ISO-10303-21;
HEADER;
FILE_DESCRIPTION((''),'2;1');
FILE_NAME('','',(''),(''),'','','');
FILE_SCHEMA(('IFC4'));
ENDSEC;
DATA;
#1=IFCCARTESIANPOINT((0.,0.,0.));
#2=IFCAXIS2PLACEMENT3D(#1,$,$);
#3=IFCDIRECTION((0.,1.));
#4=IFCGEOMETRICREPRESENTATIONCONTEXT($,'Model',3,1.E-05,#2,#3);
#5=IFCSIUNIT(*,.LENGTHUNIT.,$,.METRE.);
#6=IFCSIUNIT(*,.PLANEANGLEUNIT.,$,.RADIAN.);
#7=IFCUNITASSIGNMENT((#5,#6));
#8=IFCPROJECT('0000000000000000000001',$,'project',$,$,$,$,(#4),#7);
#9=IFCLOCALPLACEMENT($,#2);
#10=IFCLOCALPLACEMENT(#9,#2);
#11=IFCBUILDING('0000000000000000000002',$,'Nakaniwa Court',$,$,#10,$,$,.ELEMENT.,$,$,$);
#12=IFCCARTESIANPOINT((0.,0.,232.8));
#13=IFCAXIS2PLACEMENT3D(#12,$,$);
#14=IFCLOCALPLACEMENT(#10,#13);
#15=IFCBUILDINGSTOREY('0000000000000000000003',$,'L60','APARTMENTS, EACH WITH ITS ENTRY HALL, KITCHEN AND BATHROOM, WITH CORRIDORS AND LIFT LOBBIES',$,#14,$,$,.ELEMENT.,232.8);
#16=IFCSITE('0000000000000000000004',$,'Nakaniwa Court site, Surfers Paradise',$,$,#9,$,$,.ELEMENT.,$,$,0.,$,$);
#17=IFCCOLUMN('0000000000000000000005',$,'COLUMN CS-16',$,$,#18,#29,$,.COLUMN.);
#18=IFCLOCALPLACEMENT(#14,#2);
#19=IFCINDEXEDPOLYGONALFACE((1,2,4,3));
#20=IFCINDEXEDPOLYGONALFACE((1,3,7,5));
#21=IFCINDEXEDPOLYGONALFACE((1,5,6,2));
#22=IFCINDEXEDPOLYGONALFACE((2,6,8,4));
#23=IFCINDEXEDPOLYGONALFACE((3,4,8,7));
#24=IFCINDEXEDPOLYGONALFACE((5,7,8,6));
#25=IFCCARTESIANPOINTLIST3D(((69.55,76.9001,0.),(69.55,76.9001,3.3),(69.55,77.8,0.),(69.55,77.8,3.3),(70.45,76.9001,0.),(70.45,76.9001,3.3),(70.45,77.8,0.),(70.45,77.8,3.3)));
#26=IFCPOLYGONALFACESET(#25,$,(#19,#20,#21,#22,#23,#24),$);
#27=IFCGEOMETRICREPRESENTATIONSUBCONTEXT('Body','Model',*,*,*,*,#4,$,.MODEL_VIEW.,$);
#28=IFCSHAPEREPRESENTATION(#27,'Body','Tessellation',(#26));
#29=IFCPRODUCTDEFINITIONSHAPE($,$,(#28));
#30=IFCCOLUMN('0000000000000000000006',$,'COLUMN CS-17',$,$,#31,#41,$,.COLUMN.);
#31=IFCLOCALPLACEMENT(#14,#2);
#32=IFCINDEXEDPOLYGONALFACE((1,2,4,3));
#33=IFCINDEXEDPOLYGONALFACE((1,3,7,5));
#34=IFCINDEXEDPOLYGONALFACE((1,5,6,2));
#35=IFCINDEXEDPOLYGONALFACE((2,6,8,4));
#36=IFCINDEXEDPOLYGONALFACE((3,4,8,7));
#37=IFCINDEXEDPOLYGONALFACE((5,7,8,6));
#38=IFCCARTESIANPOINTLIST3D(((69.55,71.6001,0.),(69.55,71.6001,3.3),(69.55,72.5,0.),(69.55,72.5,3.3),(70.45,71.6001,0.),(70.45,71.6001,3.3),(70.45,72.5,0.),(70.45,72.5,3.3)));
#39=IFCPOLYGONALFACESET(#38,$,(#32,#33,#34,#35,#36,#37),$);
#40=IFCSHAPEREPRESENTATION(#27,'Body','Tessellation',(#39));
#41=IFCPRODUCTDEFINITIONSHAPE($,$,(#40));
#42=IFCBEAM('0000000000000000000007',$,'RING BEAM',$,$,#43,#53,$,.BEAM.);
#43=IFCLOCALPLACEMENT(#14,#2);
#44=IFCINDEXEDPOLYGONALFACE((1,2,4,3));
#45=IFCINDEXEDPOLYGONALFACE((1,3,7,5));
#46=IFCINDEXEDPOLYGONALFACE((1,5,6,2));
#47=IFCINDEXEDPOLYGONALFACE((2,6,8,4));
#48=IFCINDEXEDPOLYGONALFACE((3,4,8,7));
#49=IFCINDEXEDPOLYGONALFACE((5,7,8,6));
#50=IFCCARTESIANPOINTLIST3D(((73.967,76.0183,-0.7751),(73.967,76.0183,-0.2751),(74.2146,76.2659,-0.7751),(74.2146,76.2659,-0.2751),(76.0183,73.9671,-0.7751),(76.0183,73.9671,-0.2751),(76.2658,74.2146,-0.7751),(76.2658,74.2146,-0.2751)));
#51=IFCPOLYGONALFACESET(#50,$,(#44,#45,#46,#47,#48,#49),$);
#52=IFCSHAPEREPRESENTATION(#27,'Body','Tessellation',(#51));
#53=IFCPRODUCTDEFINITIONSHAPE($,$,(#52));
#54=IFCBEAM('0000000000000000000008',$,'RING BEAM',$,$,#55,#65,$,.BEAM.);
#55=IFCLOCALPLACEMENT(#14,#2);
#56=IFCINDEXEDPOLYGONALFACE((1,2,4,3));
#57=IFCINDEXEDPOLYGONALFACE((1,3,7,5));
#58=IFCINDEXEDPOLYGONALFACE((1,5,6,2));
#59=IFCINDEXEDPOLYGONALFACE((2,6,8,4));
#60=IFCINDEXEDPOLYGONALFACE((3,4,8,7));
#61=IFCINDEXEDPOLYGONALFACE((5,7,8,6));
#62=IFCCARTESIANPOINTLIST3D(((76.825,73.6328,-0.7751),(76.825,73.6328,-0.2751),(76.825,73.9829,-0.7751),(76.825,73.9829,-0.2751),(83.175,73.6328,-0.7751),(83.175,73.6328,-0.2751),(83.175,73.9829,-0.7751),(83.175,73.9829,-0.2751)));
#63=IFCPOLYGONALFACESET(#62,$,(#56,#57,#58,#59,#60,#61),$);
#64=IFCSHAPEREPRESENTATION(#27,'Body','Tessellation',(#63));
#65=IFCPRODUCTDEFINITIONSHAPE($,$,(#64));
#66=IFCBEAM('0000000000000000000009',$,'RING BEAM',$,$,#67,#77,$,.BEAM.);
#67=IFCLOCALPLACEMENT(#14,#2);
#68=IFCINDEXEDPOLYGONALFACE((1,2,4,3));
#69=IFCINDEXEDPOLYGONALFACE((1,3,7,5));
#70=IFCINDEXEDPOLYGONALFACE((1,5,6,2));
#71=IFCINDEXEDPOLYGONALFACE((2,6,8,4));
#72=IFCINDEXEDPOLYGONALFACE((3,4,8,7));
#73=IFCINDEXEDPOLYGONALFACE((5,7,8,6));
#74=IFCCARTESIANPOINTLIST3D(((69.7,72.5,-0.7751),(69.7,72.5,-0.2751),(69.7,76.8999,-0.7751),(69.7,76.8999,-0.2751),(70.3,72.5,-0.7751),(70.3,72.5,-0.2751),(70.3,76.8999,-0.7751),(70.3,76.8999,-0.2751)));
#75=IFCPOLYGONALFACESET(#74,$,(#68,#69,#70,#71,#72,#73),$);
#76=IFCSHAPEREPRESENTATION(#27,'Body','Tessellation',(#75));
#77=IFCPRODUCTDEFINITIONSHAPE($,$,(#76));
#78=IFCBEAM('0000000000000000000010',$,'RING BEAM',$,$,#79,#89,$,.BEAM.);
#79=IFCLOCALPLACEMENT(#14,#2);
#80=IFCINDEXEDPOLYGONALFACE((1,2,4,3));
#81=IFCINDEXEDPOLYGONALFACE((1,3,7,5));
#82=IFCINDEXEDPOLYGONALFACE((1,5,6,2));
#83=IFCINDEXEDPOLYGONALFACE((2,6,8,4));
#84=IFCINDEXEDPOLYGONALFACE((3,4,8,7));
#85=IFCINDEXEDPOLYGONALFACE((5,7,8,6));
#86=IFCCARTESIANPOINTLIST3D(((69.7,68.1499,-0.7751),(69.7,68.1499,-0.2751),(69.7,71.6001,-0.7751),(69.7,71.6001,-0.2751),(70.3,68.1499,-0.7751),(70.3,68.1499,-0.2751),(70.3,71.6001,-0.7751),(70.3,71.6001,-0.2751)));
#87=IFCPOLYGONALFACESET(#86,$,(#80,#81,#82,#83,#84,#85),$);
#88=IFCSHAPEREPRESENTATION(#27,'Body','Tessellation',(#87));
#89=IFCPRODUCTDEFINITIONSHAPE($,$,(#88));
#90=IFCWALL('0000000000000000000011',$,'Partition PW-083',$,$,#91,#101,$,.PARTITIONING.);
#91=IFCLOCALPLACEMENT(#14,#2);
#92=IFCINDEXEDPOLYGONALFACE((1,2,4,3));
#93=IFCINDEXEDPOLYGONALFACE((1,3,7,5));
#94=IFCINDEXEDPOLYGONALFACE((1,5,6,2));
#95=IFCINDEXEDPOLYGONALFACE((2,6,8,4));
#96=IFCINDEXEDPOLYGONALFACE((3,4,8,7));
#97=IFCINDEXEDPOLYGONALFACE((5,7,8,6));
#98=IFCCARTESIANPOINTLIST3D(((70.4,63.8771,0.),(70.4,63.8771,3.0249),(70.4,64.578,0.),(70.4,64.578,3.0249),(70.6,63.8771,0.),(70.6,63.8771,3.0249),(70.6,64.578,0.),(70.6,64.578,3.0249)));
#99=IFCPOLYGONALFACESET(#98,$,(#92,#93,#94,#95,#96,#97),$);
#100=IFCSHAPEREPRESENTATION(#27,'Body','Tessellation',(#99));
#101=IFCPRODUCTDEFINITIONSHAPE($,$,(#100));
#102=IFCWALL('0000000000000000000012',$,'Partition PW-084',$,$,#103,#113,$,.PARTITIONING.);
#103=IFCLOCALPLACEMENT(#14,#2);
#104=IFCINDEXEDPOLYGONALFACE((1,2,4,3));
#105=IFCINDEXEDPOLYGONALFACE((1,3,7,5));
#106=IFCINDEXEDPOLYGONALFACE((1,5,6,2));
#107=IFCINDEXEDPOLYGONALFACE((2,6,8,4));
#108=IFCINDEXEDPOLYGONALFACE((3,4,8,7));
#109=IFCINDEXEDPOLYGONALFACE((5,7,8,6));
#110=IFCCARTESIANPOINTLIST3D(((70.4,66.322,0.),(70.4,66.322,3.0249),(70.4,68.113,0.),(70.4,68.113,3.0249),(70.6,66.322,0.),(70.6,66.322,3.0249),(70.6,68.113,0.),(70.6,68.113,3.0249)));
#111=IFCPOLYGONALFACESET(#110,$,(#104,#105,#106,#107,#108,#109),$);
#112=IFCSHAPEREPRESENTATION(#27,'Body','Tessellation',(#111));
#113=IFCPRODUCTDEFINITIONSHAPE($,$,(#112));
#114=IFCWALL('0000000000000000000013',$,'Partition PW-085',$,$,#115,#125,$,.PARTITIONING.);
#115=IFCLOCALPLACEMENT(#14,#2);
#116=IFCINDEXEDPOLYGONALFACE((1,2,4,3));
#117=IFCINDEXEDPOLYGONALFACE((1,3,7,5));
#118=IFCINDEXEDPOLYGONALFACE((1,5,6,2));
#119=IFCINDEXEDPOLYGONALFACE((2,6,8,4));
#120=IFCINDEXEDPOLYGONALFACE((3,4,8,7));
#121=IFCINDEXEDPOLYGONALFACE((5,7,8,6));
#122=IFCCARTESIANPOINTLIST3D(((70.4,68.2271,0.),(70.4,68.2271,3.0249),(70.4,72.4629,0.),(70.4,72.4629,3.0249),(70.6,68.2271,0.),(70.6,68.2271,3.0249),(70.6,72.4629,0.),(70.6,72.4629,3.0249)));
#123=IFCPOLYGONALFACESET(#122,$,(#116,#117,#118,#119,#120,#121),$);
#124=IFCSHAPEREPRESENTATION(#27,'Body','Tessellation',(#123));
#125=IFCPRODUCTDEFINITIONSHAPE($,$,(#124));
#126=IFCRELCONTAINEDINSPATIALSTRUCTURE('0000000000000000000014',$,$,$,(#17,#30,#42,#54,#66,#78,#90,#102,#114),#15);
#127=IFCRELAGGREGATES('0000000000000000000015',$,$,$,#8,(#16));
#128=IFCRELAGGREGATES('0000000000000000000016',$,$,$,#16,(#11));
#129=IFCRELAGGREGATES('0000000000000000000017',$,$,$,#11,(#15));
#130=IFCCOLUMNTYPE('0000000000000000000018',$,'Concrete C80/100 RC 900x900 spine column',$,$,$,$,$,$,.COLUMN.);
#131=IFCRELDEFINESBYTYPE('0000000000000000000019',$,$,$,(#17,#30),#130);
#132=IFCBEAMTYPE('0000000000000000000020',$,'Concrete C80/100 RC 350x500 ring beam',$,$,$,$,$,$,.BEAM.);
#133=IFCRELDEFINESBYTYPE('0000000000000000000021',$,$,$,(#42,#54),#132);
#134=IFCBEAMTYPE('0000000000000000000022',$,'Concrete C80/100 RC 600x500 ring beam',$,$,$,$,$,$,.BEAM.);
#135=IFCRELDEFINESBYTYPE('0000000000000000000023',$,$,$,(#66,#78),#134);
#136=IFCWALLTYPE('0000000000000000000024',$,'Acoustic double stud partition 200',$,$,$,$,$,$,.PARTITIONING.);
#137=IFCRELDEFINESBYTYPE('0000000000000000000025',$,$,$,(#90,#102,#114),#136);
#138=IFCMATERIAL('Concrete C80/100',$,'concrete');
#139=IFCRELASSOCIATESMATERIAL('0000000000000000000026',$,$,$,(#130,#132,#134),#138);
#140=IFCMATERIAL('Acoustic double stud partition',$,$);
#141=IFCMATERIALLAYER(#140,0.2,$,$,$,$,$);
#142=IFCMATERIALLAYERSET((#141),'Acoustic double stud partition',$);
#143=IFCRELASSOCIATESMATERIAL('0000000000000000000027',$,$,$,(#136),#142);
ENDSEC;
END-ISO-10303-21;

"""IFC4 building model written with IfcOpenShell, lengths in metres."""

from ifc_helpers import new_model, si_unit, direction, frame, frame_2d, origin, origin_2d, place, context, subcontext, project, spatial, rectangle, extrude, material, layer, layer_set, material_profile, profile_set, type_object, element, save


model = new_model("IFC4")

# Units and contexts
model_context = context("Model", 3, precision=1e-05, world=origin(), true_north=direction((0.0, 1.0)))
body_context = subcontext(model_context, "Body", "Model", "MODEL_VIEW")
ifc_project = project(units=[si_unit("LENGTHUNIT", "METRE"), si_unit("PLANEANGLEUNIT", "RADIAN")], contexts=[model_context])

# Site, building, storey
site_placement = place(None, origin())
site = spatial("IfcSite", under=ifc_project, at=site_placement, Name="Nakaniwa Court site, Surfers Paradise", CompositionType="ELEMENT", RefElevation=0.0)
building_placement = place(site_placement, origin())
building = spatial("IfcBuilding", under=site, at=building_placement, Name="Nakaniwa Court", CompositionType="ELEMENT")
storey_placement = place(building_placement, frame((0.0, 0.0, 232.8)))
storey = spatial("IfcBuildingStorey", under=building, at=storey_placement, Name="L60", Description="APARTMENTS, EACH WITH ITS ENTRY HALL, KITCHEN AND BATHROOM, WITH CORRIDORS AND LIFT LOBBIES", CompositionType="ELEMENT", Elevation=232.8)

# Columns
ifc_material_1 = material(Name="Concrete C80/100", Category="concrete")
ifc_material_profile_1 = material_profile(ifc_material_1, rectangle(XDim=0.8999, YDim=0.8999, at=origin_2d()), Name="Concrete C80/100 RC 900x900 spine column")
ifc_profile_set_1 = profile_set([ifc_material_profile_1], Name="Concrete C80/100")
column_type_1 = type_object("IfcColumnType", Name="Concrete C80/100 RC 900x900 spine column", PredefinedType="COLUMN", material=ifc_profile_set_1)
for number, where, z_axis, x_axis, name in (
    (1, (70.0, 77.3501, 0.0), (0.0, 0.0, 1.0), (0.0, -1.0, 0.0), "COLUMN CS-16"),
    (2, (70.0, 72.05, 0.0), (0.0, 0.0, 1.0), (0.0, -1.0, 0.0), "COLUMN CS-17"),
):
    element("IfcColumn", number, at=place(storey_placement, frame(where, z_axis=z_axis, x_axis=x_axis)), inside=storey, type_object=column_type_1, Name=name, PredefinedType="COLUMN", context=body_context, shape_type="SweptSolid", body=[
        extrude(rectangle(XDim=0.8999, YDim=0.8999, at=origin_2d()), origin(), (0.0, 0.0, 1.0), 3.3),
    ])

# Beams
ifc_material_profile_2 = material_profile(ifc_material_1, rectangle(XDim=0.3501, YDim=0.5, at=origin_2d()), Name="Concrete C80/100 RC 350x500 ring beam")
ifc_profile_set_2 = profile_set([ifc_material_profile_2], Name="Concrete C80/100")
beam_type_1 = type_object("IfcBeamType", Name="Concrete C80/100 RC 350x500 ring beam", PredefinedType="BEAM", material=ifc_profile_set_2)
beam_1_placement = place(storey_placement, frame((74.0908, 76.1421, -0.5251), z_axis=(0.707107, -0.707107, 0.0), x_axis=(0.707107, 0.707107, 0.0)))
element("IfcBeam", 3, at=beam_1_placement, inside=storey, type_object=beam_type_1, Name="RING BEAM", PredefinedType="BEAM", context=body_context, shape_type="SweptSolid", body=[
    extrude(rectangle(XDim=0.3501, YDim=0.5, at=origin_2d()), origin(), (0.0, 0.0, 1.0), 2.9009),
])
beam_2_placement = place(storey_placement, frame((76.825, 73.8079, -0.5251), z_axis=(1.0, 0.0, 0.0), x_axis=(0.0, 1.0, 0.0)))
element("IfcBeam", 4, at=beam_2_placement, inside=storey, type_object=beam_type_1, Name="RING BEAM", PredefinedType="BEAM", context=body_context, shape_type="SweptSolid", body=[
    extrude(rectangle(XDim=0.3501, YDim=0.5, at=origin_2d()), origin(), (0.0, 0.0, 1.0), 6.3501),
])
ifc_material_profile_3 = material_profile(ifc_material_1, rectangle(XDim=0.6001, YDim=0.5, at=origin_2d()), Name="Concrete C80/100 RC 600x500 ring beam")
ifc_profile_set_3 = profile_set([ifc_material_profile_3], Name="Concrete C80/100")
beam_type_2 = type_object("IfcBeamType", Name="Concrete C80/100 RC 600x500 ring beam", PredefinedType="BEAM", material=ifc_profile_set_3)
beam_3_placement = place(storey_placement, frame((70.0, 76.8999, -0.5251), z_axis=(0.0, -1.0, 0.0), x_axis=(1.0, 0.0, 0.0)))
element("IfcBeam", 5, at=beam_3_placement, inside=storey, type_object=beam_type_2, Name="RING BEAM", PredefinedType="BEAM", context=body_context, shape_type="SweptSolid", body=[
    extrude(rectangle(XDim=0.6001, YDim=0.5, at=origin_2d()), origin(), (0.0, 0.0, 1.0), 4.3999),
])
beam_4_placement = place(storey_placement, frame((70.0, 71.6001, -0.5251), z_axis=(0.0, -1.0, 0.0), x_axis=(1.0, 0.0, 0.0)))
element("IfcBeam", 6, at=beam_4_placement, inside=storey, type_object=beam_type_2, Name="RING BEAM", PredefinedType="BEAM", context=body_context, shape_type="SweptSolid", body=[
    extrude(rectangle(XDim=0.6001, YDim=0.5, at=origin_2d()), origin(), (0.0, 0.0, 1.0), 3.4502),
])

# Walls
ifc_material_2 = material(Name="Acoustic double stud partition")
ifc_layer_1 = layer(ifc_material_2, 0.2)
ifc_layer_set_1 = layer_set([ifc_layer_1], Name="Acoustic double stud partition")
wall_type_1 = type_object("IfcWallType", Name="Acoustic double stud partition 200", PredefinedType="PARTITIONING", material=ifc_layer_set_1)
wall_1_placement = place(storey_placement, frame((70.5, 63.877, 0.0), z_axis=(0.0, 0.0, 1.0), x_axis=(0.0, 1.0, 0.0)))
element("IfcWall", 7, at=wall_1_placement, inside=storey, type_object=wall_type_1, Name="Partition PW-083", PredefinedType="PARTITIONING", context=body_context, shape_type="SweptSolid", body=[
    extrude(rectangle(XDim=0.7009, YDim=0.2, at=frame_2d((0.3506, 0.0))), origin(), (0.0, 0.0, 1.0), 3.0249),
])
wall_2_placement = place(storey_placement, frame((70.5, 66.322, 0.0), z_axis=(0.0, 0.0, 1.0), x_axis=(0.0, 1.0, 0.0)))
element("IfcWall", 8, at=wall_2_placement, inside=storey, type_object=wall_type_1, Name="Partition PW-084", PredefinedType="PARTITIONING", context=body_context, shape_type="SweptSolid", body=[
    extrude(rectangle(XDim=1.791, YDim=0.2, at=frame_2d((0.8955, 0.0))), origin(), (0.0, 0.0, 1.0), 3.0249),
])
wall_3_placement = place(storey_placement, frame((70.5, 68.2271, 0.0), z_axis=(0.0, 0.0, 1.0), x_axis=(0.0, 1.0, 0.0)))
element("IfcWall", 9, at=wall_3_placement, inside=storey, type_object=wall_type_1, Name="Partition PW-085", PredefinedType="PARTITIONING", context=body_context, shape_type="SweptSolid", body=[
    extrude(rectangle(XDim=4.2358, YDim=0.2, at=frame_2d((2.1179, 0.0))), origin(), (0.0, 0.0, 1.0), 3.0249),
])

save(model, "model.ifc")
